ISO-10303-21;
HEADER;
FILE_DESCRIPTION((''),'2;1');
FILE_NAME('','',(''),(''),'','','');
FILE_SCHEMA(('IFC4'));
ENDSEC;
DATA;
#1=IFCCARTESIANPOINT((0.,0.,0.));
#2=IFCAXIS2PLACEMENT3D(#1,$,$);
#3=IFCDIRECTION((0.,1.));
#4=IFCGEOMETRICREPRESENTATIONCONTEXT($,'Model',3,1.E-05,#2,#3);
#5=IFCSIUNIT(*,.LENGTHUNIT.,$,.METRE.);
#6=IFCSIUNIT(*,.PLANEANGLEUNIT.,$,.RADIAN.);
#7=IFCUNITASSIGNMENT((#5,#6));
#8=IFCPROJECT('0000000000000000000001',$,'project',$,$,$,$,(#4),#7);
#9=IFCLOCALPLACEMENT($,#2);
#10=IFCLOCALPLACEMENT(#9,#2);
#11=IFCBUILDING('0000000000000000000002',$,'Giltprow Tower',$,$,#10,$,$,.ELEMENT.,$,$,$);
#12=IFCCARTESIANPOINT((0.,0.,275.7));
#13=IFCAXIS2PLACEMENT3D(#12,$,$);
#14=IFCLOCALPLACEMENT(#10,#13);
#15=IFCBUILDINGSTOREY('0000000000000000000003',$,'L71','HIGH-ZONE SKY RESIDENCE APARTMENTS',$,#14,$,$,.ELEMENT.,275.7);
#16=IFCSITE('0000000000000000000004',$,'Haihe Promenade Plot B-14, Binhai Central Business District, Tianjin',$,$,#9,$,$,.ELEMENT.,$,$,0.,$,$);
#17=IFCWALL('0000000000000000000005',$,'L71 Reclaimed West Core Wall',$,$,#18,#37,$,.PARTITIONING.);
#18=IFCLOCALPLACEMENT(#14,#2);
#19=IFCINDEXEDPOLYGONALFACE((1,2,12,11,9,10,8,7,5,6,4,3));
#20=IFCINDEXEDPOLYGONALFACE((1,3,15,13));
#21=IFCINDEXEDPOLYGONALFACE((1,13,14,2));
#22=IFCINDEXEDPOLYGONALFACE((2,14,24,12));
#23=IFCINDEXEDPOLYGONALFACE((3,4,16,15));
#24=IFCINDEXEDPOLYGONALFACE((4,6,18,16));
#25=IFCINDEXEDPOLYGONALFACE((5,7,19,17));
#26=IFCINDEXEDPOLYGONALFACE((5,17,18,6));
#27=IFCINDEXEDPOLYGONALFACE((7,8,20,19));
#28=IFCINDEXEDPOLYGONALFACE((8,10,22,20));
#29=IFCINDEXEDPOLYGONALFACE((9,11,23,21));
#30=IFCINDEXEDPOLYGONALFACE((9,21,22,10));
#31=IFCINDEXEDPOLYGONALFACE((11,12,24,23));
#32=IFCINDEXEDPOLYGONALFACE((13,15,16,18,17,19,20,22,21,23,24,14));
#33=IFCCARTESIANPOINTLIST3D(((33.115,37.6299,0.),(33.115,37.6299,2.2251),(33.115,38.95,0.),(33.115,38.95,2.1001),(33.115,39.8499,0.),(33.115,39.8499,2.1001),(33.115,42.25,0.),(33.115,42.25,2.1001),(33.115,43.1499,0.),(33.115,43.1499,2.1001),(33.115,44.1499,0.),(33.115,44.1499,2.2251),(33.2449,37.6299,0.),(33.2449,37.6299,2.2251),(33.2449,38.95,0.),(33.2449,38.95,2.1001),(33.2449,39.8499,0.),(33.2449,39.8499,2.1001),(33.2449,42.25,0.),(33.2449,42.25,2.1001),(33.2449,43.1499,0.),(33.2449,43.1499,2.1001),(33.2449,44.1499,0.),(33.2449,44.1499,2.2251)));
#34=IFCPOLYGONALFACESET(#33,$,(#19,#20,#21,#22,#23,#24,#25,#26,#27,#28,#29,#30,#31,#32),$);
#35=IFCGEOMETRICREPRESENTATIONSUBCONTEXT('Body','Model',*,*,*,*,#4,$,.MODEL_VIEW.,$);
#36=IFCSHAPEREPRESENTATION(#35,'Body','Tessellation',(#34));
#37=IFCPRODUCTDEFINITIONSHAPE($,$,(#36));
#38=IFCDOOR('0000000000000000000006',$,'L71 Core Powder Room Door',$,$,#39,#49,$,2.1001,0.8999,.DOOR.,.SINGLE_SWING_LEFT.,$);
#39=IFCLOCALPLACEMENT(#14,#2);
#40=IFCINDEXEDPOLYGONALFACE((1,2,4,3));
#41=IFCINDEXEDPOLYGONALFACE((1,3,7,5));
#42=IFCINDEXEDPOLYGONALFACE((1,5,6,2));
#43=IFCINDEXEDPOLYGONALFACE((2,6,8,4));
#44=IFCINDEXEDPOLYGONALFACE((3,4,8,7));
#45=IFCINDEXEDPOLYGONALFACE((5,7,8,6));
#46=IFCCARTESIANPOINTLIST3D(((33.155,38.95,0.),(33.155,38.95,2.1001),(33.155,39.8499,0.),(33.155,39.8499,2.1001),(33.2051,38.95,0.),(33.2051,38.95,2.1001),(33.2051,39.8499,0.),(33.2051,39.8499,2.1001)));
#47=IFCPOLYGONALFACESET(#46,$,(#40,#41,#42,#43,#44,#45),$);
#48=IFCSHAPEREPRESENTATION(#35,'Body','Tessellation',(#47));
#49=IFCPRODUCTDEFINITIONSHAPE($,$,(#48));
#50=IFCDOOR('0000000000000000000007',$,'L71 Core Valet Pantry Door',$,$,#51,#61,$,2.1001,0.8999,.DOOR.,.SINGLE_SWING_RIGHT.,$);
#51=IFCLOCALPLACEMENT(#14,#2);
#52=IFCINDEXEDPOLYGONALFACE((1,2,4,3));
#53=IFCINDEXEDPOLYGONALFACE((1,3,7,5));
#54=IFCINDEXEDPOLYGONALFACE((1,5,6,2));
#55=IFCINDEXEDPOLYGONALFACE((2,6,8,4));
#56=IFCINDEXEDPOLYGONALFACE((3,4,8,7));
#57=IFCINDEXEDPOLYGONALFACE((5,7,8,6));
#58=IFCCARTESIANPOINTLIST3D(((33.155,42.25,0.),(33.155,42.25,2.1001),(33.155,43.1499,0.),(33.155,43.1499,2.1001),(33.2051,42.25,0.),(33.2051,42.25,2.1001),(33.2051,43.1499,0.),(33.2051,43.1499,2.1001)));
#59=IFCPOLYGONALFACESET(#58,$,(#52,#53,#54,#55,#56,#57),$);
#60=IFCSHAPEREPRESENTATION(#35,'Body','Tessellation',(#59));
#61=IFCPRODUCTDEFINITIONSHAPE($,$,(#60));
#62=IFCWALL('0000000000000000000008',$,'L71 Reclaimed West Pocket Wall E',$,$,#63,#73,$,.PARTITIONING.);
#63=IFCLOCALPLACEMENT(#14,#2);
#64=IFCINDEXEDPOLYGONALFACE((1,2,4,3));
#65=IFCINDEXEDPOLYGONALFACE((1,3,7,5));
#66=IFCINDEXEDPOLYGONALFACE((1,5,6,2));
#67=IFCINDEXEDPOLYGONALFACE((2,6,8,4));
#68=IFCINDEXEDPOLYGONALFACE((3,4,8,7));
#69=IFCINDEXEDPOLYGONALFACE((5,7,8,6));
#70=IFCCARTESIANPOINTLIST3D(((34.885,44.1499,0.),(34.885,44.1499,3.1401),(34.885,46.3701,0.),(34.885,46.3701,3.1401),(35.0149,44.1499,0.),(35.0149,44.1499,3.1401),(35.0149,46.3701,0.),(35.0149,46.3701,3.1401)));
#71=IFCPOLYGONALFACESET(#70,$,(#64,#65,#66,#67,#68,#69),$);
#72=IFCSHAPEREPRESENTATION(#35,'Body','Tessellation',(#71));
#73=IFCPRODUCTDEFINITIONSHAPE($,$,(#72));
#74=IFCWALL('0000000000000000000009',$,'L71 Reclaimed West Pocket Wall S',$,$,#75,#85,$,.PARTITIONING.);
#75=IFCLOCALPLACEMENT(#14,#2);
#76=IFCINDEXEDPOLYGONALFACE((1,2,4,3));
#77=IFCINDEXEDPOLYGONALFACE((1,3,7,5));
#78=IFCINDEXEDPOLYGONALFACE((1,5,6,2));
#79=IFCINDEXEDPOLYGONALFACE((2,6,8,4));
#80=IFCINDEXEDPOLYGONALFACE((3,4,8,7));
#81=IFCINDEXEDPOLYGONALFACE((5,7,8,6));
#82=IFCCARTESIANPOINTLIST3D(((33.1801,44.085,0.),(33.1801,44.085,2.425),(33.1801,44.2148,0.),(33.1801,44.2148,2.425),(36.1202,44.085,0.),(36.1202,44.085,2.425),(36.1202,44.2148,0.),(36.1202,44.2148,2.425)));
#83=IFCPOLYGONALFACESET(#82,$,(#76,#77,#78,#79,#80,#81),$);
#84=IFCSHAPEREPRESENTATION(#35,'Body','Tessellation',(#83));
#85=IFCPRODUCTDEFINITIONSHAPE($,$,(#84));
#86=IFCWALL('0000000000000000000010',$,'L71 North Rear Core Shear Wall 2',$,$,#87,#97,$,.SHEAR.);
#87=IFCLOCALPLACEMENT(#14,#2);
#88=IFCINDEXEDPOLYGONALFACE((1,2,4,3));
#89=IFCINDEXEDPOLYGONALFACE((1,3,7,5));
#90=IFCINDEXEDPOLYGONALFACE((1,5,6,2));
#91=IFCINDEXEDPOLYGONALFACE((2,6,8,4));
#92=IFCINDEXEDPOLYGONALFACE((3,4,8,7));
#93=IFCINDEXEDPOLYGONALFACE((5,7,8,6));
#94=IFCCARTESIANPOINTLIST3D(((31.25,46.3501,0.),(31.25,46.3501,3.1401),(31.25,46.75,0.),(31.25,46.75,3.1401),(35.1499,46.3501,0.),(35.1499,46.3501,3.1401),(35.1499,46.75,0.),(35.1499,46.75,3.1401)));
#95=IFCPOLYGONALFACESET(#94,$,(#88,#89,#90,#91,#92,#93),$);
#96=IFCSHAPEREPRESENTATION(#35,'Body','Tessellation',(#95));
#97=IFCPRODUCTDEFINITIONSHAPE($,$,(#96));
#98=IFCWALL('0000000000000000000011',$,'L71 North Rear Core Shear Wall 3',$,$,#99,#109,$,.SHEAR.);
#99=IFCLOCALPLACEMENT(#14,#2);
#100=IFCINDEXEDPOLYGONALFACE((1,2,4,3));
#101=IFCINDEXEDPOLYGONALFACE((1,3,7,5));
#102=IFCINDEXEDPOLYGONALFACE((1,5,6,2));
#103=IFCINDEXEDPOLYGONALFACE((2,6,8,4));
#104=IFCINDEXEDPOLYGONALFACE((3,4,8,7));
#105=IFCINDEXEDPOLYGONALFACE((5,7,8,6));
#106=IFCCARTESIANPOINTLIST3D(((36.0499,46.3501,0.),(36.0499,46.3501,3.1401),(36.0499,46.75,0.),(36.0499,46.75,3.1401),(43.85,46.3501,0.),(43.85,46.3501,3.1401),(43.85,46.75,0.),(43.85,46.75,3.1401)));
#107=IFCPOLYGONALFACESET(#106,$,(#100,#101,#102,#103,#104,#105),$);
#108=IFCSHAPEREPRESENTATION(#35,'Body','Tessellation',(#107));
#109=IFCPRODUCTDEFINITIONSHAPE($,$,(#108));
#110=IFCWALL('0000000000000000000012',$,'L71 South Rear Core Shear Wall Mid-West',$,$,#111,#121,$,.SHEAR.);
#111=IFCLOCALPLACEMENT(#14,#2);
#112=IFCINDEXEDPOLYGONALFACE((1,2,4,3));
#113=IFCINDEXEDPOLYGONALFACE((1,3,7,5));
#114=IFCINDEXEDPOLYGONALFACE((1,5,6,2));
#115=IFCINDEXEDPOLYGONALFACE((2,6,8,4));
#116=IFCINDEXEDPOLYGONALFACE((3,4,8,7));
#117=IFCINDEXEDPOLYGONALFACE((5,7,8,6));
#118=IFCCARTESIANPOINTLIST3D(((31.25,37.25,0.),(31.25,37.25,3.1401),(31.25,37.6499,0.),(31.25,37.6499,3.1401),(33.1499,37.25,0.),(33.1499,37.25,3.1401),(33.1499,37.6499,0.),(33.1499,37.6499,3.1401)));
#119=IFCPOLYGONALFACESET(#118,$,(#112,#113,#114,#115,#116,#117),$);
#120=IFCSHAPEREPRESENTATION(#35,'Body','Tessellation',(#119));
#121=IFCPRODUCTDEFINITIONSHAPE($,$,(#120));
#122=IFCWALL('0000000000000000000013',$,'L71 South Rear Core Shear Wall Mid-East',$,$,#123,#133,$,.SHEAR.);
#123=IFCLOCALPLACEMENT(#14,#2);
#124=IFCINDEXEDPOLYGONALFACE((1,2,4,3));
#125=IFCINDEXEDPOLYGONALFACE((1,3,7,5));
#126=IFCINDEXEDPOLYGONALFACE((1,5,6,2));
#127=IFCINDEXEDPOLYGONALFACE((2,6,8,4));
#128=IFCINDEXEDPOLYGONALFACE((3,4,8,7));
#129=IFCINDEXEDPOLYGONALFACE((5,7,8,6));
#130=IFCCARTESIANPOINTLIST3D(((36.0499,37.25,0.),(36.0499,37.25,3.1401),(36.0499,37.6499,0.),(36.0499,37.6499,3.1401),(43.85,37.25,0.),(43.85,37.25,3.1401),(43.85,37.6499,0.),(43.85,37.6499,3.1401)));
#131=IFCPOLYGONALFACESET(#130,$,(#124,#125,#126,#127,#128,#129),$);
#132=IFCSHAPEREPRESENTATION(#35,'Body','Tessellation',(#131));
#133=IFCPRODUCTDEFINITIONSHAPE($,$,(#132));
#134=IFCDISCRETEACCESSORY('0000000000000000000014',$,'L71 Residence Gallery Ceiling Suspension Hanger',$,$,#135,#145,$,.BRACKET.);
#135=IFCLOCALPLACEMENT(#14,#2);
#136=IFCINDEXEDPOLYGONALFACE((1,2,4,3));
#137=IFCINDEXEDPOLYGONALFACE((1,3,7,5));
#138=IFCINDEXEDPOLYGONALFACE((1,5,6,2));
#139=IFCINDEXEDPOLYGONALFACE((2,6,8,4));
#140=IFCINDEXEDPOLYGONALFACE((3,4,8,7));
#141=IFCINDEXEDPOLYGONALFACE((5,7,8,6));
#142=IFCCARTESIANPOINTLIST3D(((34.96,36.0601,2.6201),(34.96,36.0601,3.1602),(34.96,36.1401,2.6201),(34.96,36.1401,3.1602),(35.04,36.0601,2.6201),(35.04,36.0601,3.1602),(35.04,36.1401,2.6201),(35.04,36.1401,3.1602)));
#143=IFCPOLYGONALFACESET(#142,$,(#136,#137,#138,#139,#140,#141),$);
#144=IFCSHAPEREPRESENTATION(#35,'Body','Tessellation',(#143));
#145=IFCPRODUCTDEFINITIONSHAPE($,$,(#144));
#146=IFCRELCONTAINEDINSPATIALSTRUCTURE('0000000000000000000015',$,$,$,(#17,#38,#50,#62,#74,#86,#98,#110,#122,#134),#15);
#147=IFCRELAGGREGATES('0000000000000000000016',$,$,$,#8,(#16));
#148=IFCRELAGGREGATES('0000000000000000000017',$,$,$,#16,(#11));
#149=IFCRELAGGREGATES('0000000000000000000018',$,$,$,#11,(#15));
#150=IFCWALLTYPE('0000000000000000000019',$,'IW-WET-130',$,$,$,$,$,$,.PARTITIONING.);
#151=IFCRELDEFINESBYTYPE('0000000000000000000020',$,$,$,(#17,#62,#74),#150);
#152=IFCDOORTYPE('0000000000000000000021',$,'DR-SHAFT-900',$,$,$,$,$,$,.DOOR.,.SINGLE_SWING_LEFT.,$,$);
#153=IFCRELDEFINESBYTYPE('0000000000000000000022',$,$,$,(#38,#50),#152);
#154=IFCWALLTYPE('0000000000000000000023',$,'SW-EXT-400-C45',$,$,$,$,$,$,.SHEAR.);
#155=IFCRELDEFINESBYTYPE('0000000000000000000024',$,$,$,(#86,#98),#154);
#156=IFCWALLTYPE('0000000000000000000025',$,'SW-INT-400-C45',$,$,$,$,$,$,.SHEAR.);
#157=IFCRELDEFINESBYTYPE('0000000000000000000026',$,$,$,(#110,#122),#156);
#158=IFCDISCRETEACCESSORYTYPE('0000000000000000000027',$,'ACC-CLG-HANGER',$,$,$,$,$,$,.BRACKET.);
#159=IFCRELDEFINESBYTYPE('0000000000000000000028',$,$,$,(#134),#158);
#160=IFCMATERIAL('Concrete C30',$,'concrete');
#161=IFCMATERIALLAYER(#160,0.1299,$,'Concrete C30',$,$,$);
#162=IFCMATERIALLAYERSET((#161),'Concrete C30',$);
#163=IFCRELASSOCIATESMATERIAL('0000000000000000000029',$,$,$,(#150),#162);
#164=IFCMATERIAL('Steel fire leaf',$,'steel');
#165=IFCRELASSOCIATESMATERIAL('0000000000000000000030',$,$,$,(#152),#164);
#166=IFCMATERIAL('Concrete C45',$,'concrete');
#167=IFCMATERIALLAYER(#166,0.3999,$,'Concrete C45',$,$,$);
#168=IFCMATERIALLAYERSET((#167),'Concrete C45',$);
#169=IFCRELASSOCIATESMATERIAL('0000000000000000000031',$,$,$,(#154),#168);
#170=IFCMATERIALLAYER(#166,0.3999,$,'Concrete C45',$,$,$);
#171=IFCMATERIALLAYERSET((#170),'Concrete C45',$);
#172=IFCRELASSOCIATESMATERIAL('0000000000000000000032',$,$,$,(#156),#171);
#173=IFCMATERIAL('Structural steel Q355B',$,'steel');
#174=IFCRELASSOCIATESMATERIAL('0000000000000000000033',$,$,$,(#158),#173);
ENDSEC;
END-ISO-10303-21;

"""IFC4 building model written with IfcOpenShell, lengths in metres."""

from ifc_helpers import new_model, si_unit, direction, frame, frame_2d, origin, origin_2d, place, context, subcontext, project, spatial, rectangle, extrude, source, transform, mapped, material, layer, layer_set, type_object, element, fill, save


model = new_model("IFC4")

# Units and contexts
model_context = context("Model", 3, precision=1e-05, world=origin(), true_north=direction((0.0, 1.0)))
body_context = subcontext(model_context, "Body", "Model", "MODEL_VIEW")
ifc_project = project(units=[si_unit("LENGTHUNIT", "METRE"), si_unit("PLANEANGLEUNIT", "RADIAN")], contexts=[model_context])

# Site, building, storey
site_placement = place(None, origin())
site = spatial("IfcSite", under=ifc_project, at=site_placement, Name="Haihe Promenade Plot B-14, Binhai Central Business District, Tianjin", CompositionType="ELEMENT", RefElevation=0.0)
building_placement = place(site_placement, origin())
building = spatial("IfcBuilding", under=site, at=building_placement, Name="Giltprow Tower", CompositionType="ELEMENT")
storey_placement = place(building_placement, frame((0.0, 0.0, 275.7)))
storey = spatial("IfcBuildingStorey", under=building, at=storey_placement, Name="L71", Description="HIGH-ZONE SKY RESIDENCE APARTMENTS", CompositionType="ELEMENT", Elevation=275.7)

# Shared definitions
ifc_material_1 = material(Name="Concrete C45", Category="concrete")

# Shared definitions
ifc_material_2 = material(Name="Structural steel Q355B", Category="steel")

# Wall, openings, doors
ifc_material_3 = material(Name="Concrete C30", Category="concrete")
ifc_layer_1 = layer(ifc_material_3, 0.1299, Name="Concrete C30")
ifc_layer_set_1 = layer_set([ifc_layer_1], Name="Concrete C30")
wall_type_1 = type_object("IfcWallType", Name="IW-WET-130", PredefinedType="PARTITIONING", material=ifc_layer_set_1)
wall_1_placement = place(storey_placement, frame((33.1799, 37.6299, 0.0), z_axis=(0.0, 0.0, 1.0), x_axis=(0.0, 1.0, 0.0)))
wall_1 = element("IfcWall", 1, at=wall_1_placement, inside=storey, type_object=wall_type_1, Name="L71 Reclaimed West Core Wall", PredefinedType="PARTITIONING", context=body_context, shape_type="SweptSolid", body=[
    extrude(rectangle(XDim=6.52, YDim=0.1299, at=frame_2d((3.26, 0.0))), origin(), (0.0, 0.0, 1.0), 2.2251),
])
opening_1_placement = place(wall_1_placement, frame((1.3201, 0.0, 0.0)))
opening_1 = element("IfcOpeningElement", 2, at=opening_1_placement, cuts=wall_1, PredefinedType="OPENING", context=body_context, shape_type="SweptSolid", body=[
    extrude(rectangle(XDim=0.8999, YDim=2.1001, at=frame_2d((0.45, 1.05))), frame((0.0, 0.075, 0.0), z_axis=(0.0, -1.0, 0.0), x_axis=(1.0, 0.0, 0.0)), (0.0, 0.0, 1.0), 0.1499),
])
opening_2_placement = place(wall_1_placement, frame((4.6201, 0.0, 0.0)))
opening_2 = element("IfcOpeningElement", 3, at=opening_2_placement, cuts=wall_1, PredefinedType="OPENING", context=body_context, shape_type="SweptSolid", body=[
    extrude(rectangle(XDim=0.8999, YDim=2.1001, at=frame_2d((0.45, 1.05))), frame((0.0, 0.075, 0.0), z_axis=(0.0, -1.0, 0.0), x_axis=(1.0, 0.0, 0.0)), (0.0, 0.0, 1.0), 0.1499),
])
ifc_material_4 = material(Name="Steel fire leaf", Category="steel")
door_type_1 = type_object("IfcDoorType", Name="DR-SHAFT-900", OperationType="SINGLE_SWING_LEFT", PredefinedType="DOOR", material=ifc_material_4)
shared_shape_1 = source(origin(), body_context, "Body", "SweptSolid", [
    extrude(rectangle(XDim=0.8999, YDim=2.1001, at=frame_2d((0.45, 1.05))), frame((0.0, 0.0249, 0.0), z_axis=(0.0, -1.0, 0.0), x_axis=(1.0, 0.0, 0.0)), (0.0, 0.0, 1.0), 0.05),
])
door_1_placement = place(opening_1_placement, origin())
door_1 = element("IfcDoor", 4, at=door_1_placement, inside=storey, type_object=door_type_1, Name="L71 Core Powder Room Door", OperationType="SINGLE_SWING_LEFT", OverallHeight=2.1001, OverallWidth=0.8999, PredefinedType="DOOR", context=body_context, shape_type="MappedRepresentation", body=[
    mapped(shared_shape_1, transform((0.0, 0.0, 0.0), x_axis=(1.0, 0.0, 0.0), y_axis=(0.0, 1.0, 0.0), z_axis=(0.0, 0.0, 1.0), scale=1.0)),
])
fill(opening_1, door_1)
door_2_placement = place(opening_2_placement, origin())
door_2 = element("IfcDoor", 5, at=door_2_placement, inside=storey, type_object=door_type_1, Name="L71 Core Valet Pantry Door", OperationType="SINGLE_SWING_RIGHT", OverallHeight=2.1001, OverallWidth=0.8999, PredefinedType="DOOR", context=body_context, shape_type="MappedRepresentation", body=[
    mapped(shared_shape_1, transform((0.0, 0.0, 0.0), x_axis=(1.0, 0.0, 0.0), y_axis=(0.0, 1.0, 0.0), z_axis=(0.0, 0.0, 1.0), scale=1.0)),
])
fill(opening_2, door_2)

# Walls
wall_2_placement = place(storey_placement, frame((34.95, 44.1499, 0.0), z_axis=(0.0, 0.0, 1.0), x_axis=(0.0, 1.0, 0.0)))
element("IfcWall", 6, at=wall_2_placement, inside=storey, type_object=wall_type_1, Name="L71 Reclaimed West Pocket Wall E", PredefinedType="PARTITIONING", context=body_context, shape_type="SweptSolid", body=[
    extrude(rectangle(XDim=2.2202, YDim=0.1299, at=frame_2d((1.1101, 0.0))), origin(), (0.0, 0.0, 1.0), 3.1401),
])
wall_3_placement = place(storey_placement, frame((33.1799, 44.1499, 0.0), z_axis=(0.0, 0.0, 1.0), x_axis=(1.0, 0.0, 0.0)))
element("IfcWall", 7, at=wall_3_placement, inside=storey, type_object=wall_type_1, Name="L71 Reclaimed West Pocket Wall S", PredefinedType="PARTITIONING", context=body_context, shape_type="SweptSolid", body=[
    extrude(rectangle(XDim=2.9402, YDim=0.1299, at=frame_2d((1.4702, 0.0))), origin(), (0.0, 0.0, 1.0), 2.425),
])
ifc_layer_2 = layer(ifc_material_1, 0.3999, Name="Concrete C45")
ifc_layer_set_2 = layer_set([ifc_layer_2], Name="Concrete C45")
wall_type_2 = type_object("IfcWallType", Name="SW-EXT-400-C45", PredefinedType="SHEAR", material=ifc_layer_set_2)
wall_4_placement = place(storey_placement, frame((31.25, 46.55, 0.0), z_axis=(0.0, 0.0, 1.0), x_axis=(1.0, 0.0, 0.0)))
element("IfcWall", 8, at=wall_4_placement, inside=storey, type_object=wall_type_2, Name="L71 North Rear Core Shear Wall 2", PredefinedType="SHEAR", context=body_context, shape_type="SweptSolid", body=[
    extrude(rectangle(XDim=3.8999, YDim=0.3999, at=frame_2d((1.95, 0.0))), origin(), (0.0, 0.0, 1.0), 3.1401),
])
wall_5_placement = place(storey_placement, frame((36.05, 46.55, 0.0), z_axis=(0.0, 0.0, 1.0), x_axis=(1.0, 0.0, 0.0)))
element("IfcWall", 9, at=wall_5_placement, inside=storey, type_object=wall_type_2, Name="L71 North Rear Core Shear Wall 3", PredefinedType="SHEAR", context=body_context, shape_type="SweptSolid", body=[
    extrude(rectangle(XDim=7.8, YDim=0.3999, at=frame_2d((3.8999, 0.0))), origin(), (0.0, 0.0, 1.0), 3.1401),
])
ifc_layer_3 = layer(ifc_material_1, 0.3999, Name="Concrete C45")
ifc_layer_set_3 = layer_set([ifc_layer_3], Name="Concrete C45")
wall_type_3 = type_object("IfcWallType", Name="SW-INT-400-C45", PredefinedType="SHEAR", material=ifc_layer_set_3)
wall_6_placement = place(storey_placement, frame((31.25, 37.45, 0.0), z_axis=(0.0, 0.0, 1.0), x_axis=(1.0, 0.0, 0.0)))
element("IfcWall", 10, at=wall_6_placement, inside=storey, type_object=wall_type_3, Name="L71 South Rear Core Shear Wall Mid-West", PredefinedType="SHEAR", context=body_context, shape_type="SweptSolid", body=[
    extrude(rectangle(XDim=1.8999, YDim=0.3999, at=frame_2d((0.95, 0.0))), origin(), (0.0, 0.0, 1.0), 3.1401),
])
wall_7_placement = place(storey_placement, frame((36.05, 37.45, 0.0), z_axis=(0.0, 0.0, 1.0), x_axis=(1.0, 0.0, 0.0)))
element("IfcWall", 11, at=wall_7_placement, inside=storey, type_object=wall_type_3, Name="L71 South Rear Core Shear Wall Mid-East", PredefinedType="SHEAR", context=body_context, shape_type="SweptSolid", body=[
    extrude(rectangle(XDim=7.8, YDim=0.3999, at=frame_2d((3.8999, 0.0))), origin(), (0.0, 0.0, 1.0), 3.1401),
])

# Discrete accessory
discrete_accessory_type = type_object("IfcDiscreteAccessoryType", Name="ACC-CLG-HANGER", PredefinedType="BRACKET", material=ifc_material_2)
shared_shape_2 = source(origin(), body_context, "Body", "SweptSolid", [
    extrude(rectangle(XDim=0.0801, YDim=0.0801, at=origin_2d()), origin(), (0.0, 0.0, 1.0), 0.54),
])
discrete_accessory_placement = place(storey_placement, frame((35.0, 36.1001, 2.6201), z_axis=(0.0, 0.0, 1.0), x_axis=(1.0, 0.0, 0.0)))
element("IfcDiscreteAccessory", 12, at=discrete_accessory_placement, inside=storey, type_object=discrete_accessory_type, Name="L71 Residence Gallery Ceiling Suspension Hanger", PredefinedType="BRACKET", context=body_context, shape_type="MappedRepresentation", body=[
    mapped(shared_shape_2, transform((0.0, 0.0, 0.0), x_axis=(1.0, 0.0, 0.0), y_axis=(0.0, 1.0, 0.0), z_axis=(0.0, 0.0, 1.0), scale=1.0)),
])

save(model, "model.ifc")
